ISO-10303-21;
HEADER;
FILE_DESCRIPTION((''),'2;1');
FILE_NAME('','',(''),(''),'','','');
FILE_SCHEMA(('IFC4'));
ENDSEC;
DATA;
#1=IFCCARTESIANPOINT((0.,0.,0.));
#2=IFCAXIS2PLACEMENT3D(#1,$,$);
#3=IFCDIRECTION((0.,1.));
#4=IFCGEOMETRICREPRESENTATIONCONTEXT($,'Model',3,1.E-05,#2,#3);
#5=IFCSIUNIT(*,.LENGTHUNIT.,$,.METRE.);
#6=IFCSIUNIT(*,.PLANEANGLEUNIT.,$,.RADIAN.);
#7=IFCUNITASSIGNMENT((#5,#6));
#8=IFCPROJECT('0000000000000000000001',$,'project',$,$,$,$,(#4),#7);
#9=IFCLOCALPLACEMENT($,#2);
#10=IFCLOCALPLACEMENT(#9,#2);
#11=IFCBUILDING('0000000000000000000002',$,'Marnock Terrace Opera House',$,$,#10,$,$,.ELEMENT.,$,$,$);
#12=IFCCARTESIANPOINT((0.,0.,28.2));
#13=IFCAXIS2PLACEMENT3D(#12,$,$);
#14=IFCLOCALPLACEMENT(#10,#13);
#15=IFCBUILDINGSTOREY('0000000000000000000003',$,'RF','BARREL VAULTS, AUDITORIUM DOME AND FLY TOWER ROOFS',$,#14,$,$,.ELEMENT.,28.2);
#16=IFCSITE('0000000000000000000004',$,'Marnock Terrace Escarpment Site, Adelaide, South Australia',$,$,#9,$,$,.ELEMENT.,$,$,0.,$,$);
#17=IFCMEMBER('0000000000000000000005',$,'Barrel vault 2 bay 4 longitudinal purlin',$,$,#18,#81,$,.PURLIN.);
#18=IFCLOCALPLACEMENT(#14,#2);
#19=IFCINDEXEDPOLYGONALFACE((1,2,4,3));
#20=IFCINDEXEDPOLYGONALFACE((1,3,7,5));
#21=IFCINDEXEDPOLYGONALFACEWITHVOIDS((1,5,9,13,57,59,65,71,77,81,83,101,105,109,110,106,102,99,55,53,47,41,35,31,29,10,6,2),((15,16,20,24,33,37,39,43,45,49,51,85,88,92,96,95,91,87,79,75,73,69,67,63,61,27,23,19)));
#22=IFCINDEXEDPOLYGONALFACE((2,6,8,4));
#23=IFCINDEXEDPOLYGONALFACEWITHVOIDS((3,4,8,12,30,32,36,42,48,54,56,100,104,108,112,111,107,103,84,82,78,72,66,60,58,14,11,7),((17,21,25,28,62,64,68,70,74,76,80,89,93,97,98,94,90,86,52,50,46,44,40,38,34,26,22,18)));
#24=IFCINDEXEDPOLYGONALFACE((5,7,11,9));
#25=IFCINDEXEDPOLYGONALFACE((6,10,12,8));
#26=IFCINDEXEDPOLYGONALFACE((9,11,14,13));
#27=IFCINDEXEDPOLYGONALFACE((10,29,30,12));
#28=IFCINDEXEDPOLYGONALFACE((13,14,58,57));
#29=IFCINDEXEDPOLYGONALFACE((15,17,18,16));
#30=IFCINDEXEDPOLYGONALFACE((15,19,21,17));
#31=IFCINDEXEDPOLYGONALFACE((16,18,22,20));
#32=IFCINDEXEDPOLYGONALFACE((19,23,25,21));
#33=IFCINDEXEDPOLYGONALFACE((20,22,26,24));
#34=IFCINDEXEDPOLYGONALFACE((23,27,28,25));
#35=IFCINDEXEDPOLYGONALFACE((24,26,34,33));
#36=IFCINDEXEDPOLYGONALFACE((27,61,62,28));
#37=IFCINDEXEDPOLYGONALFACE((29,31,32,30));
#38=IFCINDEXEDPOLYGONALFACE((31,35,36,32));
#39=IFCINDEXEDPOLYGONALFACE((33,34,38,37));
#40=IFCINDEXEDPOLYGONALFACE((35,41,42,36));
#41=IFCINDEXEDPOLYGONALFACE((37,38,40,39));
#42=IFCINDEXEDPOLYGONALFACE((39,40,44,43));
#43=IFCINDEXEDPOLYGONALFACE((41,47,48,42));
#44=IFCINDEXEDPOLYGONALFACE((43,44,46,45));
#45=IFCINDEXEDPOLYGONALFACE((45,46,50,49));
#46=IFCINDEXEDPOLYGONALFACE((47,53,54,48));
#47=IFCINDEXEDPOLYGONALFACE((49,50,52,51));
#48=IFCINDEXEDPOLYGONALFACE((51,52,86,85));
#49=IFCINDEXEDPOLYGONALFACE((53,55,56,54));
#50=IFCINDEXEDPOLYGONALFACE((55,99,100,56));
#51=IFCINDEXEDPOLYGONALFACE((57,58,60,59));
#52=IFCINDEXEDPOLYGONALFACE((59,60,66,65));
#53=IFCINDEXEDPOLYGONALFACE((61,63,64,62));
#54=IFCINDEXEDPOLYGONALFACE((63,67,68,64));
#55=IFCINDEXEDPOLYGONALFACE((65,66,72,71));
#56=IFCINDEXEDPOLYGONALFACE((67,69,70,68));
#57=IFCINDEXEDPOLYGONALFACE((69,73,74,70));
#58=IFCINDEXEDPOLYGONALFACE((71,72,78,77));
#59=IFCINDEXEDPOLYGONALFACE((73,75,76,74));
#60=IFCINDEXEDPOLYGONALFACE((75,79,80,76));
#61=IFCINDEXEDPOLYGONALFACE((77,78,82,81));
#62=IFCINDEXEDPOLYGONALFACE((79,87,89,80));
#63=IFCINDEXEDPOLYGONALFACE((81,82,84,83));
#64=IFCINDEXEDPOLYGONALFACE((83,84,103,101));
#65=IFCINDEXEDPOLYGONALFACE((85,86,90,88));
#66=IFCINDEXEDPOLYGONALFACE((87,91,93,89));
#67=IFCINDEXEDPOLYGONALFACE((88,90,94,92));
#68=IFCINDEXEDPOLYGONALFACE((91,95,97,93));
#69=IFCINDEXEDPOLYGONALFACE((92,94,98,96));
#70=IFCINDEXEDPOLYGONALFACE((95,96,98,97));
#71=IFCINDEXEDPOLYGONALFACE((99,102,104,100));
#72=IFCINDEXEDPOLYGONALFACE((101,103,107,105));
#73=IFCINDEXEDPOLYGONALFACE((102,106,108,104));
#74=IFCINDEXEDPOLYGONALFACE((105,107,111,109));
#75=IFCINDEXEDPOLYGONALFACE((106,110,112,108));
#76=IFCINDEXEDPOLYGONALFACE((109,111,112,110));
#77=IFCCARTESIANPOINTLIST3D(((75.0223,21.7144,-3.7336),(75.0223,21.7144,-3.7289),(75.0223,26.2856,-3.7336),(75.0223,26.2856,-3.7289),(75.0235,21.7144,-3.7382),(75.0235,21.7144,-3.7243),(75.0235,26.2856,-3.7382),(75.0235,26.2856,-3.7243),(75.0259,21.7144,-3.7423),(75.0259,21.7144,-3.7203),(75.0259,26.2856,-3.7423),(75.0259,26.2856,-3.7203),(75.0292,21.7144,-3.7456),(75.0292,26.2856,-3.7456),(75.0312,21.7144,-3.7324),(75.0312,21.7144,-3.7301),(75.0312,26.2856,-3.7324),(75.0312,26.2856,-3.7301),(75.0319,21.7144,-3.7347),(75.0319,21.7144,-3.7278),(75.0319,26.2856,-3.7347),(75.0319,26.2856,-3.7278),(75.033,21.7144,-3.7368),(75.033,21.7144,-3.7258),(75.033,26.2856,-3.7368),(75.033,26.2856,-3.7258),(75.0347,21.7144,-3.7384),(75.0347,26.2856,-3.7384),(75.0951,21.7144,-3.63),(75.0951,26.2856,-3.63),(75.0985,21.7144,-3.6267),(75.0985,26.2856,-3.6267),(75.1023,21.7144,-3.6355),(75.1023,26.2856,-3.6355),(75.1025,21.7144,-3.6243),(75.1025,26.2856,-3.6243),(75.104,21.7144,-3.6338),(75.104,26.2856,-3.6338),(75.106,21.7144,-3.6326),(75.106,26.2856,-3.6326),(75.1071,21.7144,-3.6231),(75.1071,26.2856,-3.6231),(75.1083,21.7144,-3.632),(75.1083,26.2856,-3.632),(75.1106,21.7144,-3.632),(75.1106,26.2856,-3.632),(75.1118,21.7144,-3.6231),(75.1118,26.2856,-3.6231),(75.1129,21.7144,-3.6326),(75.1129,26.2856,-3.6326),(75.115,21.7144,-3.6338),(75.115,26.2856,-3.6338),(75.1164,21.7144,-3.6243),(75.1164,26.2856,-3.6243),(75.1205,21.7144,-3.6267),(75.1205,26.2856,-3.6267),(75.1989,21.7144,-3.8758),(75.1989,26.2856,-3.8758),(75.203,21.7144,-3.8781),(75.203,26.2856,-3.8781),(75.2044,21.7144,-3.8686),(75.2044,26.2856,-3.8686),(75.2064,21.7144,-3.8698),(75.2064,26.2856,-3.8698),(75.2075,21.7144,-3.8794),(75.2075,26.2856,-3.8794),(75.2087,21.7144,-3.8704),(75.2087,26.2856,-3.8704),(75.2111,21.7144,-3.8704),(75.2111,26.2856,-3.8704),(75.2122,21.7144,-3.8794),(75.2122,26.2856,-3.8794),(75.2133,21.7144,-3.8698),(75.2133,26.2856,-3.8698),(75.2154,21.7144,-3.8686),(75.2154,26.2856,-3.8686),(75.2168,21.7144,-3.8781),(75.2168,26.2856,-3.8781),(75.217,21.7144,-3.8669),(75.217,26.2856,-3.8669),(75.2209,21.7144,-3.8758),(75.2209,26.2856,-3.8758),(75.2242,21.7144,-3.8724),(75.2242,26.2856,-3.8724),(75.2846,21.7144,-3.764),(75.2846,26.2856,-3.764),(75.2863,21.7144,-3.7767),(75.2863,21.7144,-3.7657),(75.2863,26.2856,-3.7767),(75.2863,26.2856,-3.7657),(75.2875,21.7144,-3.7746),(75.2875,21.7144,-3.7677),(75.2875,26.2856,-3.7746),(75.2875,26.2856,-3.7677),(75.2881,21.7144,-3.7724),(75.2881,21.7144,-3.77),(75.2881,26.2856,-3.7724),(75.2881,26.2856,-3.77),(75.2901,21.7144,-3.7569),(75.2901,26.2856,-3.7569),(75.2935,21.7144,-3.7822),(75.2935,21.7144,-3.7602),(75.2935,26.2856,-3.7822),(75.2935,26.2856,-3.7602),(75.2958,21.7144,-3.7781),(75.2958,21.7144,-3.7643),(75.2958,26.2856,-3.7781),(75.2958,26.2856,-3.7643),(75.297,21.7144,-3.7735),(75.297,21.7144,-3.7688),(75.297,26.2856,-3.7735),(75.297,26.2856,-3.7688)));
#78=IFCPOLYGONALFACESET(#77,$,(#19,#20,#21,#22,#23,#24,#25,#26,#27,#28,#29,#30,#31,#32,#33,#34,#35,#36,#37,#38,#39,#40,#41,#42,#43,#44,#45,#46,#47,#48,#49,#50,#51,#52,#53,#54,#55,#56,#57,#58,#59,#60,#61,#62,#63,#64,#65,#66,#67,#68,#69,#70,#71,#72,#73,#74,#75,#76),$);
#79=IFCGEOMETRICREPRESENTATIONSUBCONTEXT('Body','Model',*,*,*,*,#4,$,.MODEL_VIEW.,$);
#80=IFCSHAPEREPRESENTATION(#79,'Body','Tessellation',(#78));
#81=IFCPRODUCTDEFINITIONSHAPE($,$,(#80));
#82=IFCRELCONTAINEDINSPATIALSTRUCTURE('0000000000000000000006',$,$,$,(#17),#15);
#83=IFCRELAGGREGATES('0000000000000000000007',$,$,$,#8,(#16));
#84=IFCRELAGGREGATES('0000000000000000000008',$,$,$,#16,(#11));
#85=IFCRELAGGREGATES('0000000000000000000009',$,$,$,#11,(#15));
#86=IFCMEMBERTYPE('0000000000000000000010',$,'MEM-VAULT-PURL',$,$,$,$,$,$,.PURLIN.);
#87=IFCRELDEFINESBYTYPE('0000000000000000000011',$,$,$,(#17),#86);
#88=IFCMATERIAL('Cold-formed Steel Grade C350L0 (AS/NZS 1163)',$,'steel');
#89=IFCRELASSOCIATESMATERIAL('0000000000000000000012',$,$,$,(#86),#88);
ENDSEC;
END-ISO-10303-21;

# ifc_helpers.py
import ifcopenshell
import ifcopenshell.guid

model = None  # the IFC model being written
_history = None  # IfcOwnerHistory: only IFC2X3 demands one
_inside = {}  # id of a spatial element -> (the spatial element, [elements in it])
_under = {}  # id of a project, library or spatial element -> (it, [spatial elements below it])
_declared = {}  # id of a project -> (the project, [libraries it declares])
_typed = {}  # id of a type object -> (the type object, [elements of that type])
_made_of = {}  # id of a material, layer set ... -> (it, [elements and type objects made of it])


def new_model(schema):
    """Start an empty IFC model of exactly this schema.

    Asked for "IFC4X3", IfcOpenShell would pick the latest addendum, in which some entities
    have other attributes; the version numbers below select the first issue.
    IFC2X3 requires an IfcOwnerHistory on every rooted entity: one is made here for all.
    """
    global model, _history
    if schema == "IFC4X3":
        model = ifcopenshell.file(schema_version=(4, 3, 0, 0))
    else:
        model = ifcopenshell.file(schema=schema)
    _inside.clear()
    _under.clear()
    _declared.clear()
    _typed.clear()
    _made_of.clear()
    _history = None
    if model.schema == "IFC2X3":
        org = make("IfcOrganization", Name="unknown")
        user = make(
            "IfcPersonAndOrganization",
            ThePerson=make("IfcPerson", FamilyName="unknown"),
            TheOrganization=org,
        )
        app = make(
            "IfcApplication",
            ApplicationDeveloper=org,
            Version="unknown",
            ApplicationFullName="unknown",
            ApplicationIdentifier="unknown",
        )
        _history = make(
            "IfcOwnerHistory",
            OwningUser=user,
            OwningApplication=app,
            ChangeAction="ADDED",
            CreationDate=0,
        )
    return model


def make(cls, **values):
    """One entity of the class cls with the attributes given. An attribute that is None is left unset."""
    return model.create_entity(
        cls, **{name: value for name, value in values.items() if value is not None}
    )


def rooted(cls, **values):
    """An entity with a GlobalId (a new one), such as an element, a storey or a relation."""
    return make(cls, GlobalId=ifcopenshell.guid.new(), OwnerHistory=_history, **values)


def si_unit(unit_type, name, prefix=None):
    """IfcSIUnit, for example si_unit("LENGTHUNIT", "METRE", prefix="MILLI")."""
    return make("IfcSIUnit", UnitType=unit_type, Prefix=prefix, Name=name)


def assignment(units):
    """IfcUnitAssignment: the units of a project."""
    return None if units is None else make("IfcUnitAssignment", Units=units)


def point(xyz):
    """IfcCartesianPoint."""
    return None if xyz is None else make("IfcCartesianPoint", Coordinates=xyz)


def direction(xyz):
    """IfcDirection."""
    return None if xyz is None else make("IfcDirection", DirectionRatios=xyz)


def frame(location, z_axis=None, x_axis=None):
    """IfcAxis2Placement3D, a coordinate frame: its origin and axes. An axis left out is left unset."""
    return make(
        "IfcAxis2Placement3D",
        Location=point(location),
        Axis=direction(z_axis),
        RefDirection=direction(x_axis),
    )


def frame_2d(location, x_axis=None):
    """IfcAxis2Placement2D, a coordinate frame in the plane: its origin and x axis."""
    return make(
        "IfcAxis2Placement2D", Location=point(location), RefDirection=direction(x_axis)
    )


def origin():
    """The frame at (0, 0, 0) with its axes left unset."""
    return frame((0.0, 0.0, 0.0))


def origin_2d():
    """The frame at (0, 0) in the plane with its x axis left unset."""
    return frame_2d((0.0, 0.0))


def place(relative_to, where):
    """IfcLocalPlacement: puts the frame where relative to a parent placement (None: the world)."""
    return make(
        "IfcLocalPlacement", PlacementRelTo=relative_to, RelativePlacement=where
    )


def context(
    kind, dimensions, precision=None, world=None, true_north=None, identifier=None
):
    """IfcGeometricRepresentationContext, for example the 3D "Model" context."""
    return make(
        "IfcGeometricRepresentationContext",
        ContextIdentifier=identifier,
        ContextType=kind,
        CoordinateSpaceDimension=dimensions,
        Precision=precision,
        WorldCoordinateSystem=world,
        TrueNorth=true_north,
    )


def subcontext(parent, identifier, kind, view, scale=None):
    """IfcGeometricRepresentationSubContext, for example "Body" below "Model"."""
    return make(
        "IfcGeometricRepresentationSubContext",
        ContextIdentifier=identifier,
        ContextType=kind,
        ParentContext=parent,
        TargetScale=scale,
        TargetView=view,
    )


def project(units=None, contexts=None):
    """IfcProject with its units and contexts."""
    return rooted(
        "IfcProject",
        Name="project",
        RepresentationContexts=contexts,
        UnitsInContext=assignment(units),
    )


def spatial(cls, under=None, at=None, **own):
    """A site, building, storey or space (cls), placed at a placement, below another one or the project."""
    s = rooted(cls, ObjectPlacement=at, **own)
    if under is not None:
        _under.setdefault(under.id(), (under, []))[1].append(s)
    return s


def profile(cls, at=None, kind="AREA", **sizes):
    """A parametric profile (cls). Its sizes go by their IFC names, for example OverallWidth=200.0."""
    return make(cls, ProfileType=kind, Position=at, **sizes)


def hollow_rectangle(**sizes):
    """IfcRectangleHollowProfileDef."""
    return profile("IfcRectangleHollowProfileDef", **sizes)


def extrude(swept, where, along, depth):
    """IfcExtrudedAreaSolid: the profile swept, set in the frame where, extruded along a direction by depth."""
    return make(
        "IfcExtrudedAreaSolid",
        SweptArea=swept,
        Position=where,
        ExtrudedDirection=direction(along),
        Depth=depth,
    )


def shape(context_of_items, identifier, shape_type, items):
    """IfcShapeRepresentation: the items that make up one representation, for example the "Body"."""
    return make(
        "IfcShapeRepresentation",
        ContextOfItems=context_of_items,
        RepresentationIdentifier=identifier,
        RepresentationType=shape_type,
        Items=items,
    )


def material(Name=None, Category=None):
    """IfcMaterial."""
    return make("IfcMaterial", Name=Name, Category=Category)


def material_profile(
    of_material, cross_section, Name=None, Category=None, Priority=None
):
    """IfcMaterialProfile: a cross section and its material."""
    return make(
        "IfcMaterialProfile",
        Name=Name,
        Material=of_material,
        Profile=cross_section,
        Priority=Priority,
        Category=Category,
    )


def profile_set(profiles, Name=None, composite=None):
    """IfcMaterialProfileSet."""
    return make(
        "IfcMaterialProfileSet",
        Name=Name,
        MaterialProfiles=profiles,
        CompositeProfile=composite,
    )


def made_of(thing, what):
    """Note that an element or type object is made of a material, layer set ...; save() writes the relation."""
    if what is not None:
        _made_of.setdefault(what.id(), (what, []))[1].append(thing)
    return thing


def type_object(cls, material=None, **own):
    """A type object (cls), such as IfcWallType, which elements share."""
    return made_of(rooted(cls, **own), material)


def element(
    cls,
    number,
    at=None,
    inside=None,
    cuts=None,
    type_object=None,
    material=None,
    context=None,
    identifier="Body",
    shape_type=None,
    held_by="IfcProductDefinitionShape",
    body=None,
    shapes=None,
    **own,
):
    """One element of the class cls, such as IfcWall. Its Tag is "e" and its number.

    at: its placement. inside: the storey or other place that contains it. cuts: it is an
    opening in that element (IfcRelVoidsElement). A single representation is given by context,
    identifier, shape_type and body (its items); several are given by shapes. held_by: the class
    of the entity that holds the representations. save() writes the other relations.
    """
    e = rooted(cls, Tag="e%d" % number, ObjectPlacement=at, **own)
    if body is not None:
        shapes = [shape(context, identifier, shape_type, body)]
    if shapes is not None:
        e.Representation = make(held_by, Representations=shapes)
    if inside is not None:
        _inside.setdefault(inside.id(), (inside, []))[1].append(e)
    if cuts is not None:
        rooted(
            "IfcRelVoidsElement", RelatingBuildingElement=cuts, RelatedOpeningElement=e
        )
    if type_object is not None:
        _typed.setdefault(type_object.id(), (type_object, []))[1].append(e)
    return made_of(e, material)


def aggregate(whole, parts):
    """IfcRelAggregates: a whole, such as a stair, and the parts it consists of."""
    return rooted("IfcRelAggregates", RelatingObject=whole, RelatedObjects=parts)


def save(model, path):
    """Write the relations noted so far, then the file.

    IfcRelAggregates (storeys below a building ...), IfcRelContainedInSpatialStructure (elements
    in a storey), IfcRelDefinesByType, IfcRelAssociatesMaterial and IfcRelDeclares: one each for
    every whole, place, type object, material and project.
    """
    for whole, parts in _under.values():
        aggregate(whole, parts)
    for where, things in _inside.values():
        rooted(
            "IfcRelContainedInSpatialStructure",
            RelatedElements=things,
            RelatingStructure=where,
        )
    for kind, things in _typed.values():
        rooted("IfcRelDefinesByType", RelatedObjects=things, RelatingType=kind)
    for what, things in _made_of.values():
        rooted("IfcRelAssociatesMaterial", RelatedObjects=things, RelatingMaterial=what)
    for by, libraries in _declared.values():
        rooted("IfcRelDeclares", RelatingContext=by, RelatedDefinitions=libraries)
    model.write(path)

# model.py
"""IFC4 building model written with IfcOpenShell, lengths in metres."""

from ifc_helpers import new_model, si_unit, direction, frame, origin, origin_2d, place, context, subcontext, project, spatial, hollow_rectangle, extrude, material, material_profile, profile_set, type_object, element, save


model = new_model("IFC4")

# Units and contexts
model_context = context("Model", 3, precision=1e-05, world=origin(), true_north=direction((0.0, 1.0)))
body_context = subcontext(model_context, "Body", "Model", "MODEL_VIEW")
ifc_project = project(units=[si_unit("LENGTHUNIT", "METRE"), si_unit("PLANEANGLEUNIT", "RADIAN")], contexts=[model_context])

# Site, building, storey
site_placement = place(None, origin())
site = spatial("IfcSite", under=ifc_project, at=site_placement, Name="Marnock Terrace Escarpment Site, Adelaide, South Australia", CompositionType="ELEMENT", RefElevation=0.0)
building_placement = place(site_placement, origin())
building = spatial("IfcBuilding", under=site, at=building_placement, Name="Marnock Terrace Opera House", CompositionType="ELEMENT")
storey_placement = place(building_placement, frame((0.0, 0.0, 28.2)))
storey = spatial("IfcBuildingStorey", under=building, at=storey_placement, Name="RF", Description="BARREL VAULTS, AUDITORIUM DOME AND FLY TOWER ROOFS", CompositionType="ELEMENT", Elevation=28.2)

# Member
ifc_material = material(Name="Cold-formed Steel Grade C350L0 (AS/NZS 1163)", Category="steel")
ifc_material_profile_1 = material_profile(ifc_material, hollow_rectangle(XDim=0.1499, YDim=0.25, WallThickness=0.009, InnerFilletRadius=0.009, OuterFilletRadius=0.0181, at=origin_2d()))
ifc_profile_set_1 = profile_set([ifc_material_profile_1], Name="Cold-formed Steel Grade C350L0 (AS/NZS 1163)")
member_type_1 = type_object("IfcMemberType", Name="MEM-VAULT-PURL", PredefinedType="PURLIN", material=ifc_profile_set_1)
for number, where, z_axis, x_axis, name in (
    (1, (75.1597, 21.7144, -3.7512), (0.0, 1.0, 0.0), (-0.608761, 0.0, -0.793353), "Barrel vault 2 bay 4 longitudinal purlin"),
):
    element("IfcMember", number, at=place(storey_placement, frame(where, z_axis=z_axis, x_axis=x_axis)), inside=storey, type_object=member_type_1, Name=name, PredefinedType="PURLIN", context=body_context, shape_type="SweptSolid", body=[
        extrude(hollow_rectangle(XDim=0.1499, YDim=0.25, WallThickness=0.009, InnerFilletRadius=0.009, OuterFilletRadius=0.0181, at=origin_2d()), origin(), (0.0, 0.0, 1.0), 4.5713),
    ])

save(model, "model.ifc")
